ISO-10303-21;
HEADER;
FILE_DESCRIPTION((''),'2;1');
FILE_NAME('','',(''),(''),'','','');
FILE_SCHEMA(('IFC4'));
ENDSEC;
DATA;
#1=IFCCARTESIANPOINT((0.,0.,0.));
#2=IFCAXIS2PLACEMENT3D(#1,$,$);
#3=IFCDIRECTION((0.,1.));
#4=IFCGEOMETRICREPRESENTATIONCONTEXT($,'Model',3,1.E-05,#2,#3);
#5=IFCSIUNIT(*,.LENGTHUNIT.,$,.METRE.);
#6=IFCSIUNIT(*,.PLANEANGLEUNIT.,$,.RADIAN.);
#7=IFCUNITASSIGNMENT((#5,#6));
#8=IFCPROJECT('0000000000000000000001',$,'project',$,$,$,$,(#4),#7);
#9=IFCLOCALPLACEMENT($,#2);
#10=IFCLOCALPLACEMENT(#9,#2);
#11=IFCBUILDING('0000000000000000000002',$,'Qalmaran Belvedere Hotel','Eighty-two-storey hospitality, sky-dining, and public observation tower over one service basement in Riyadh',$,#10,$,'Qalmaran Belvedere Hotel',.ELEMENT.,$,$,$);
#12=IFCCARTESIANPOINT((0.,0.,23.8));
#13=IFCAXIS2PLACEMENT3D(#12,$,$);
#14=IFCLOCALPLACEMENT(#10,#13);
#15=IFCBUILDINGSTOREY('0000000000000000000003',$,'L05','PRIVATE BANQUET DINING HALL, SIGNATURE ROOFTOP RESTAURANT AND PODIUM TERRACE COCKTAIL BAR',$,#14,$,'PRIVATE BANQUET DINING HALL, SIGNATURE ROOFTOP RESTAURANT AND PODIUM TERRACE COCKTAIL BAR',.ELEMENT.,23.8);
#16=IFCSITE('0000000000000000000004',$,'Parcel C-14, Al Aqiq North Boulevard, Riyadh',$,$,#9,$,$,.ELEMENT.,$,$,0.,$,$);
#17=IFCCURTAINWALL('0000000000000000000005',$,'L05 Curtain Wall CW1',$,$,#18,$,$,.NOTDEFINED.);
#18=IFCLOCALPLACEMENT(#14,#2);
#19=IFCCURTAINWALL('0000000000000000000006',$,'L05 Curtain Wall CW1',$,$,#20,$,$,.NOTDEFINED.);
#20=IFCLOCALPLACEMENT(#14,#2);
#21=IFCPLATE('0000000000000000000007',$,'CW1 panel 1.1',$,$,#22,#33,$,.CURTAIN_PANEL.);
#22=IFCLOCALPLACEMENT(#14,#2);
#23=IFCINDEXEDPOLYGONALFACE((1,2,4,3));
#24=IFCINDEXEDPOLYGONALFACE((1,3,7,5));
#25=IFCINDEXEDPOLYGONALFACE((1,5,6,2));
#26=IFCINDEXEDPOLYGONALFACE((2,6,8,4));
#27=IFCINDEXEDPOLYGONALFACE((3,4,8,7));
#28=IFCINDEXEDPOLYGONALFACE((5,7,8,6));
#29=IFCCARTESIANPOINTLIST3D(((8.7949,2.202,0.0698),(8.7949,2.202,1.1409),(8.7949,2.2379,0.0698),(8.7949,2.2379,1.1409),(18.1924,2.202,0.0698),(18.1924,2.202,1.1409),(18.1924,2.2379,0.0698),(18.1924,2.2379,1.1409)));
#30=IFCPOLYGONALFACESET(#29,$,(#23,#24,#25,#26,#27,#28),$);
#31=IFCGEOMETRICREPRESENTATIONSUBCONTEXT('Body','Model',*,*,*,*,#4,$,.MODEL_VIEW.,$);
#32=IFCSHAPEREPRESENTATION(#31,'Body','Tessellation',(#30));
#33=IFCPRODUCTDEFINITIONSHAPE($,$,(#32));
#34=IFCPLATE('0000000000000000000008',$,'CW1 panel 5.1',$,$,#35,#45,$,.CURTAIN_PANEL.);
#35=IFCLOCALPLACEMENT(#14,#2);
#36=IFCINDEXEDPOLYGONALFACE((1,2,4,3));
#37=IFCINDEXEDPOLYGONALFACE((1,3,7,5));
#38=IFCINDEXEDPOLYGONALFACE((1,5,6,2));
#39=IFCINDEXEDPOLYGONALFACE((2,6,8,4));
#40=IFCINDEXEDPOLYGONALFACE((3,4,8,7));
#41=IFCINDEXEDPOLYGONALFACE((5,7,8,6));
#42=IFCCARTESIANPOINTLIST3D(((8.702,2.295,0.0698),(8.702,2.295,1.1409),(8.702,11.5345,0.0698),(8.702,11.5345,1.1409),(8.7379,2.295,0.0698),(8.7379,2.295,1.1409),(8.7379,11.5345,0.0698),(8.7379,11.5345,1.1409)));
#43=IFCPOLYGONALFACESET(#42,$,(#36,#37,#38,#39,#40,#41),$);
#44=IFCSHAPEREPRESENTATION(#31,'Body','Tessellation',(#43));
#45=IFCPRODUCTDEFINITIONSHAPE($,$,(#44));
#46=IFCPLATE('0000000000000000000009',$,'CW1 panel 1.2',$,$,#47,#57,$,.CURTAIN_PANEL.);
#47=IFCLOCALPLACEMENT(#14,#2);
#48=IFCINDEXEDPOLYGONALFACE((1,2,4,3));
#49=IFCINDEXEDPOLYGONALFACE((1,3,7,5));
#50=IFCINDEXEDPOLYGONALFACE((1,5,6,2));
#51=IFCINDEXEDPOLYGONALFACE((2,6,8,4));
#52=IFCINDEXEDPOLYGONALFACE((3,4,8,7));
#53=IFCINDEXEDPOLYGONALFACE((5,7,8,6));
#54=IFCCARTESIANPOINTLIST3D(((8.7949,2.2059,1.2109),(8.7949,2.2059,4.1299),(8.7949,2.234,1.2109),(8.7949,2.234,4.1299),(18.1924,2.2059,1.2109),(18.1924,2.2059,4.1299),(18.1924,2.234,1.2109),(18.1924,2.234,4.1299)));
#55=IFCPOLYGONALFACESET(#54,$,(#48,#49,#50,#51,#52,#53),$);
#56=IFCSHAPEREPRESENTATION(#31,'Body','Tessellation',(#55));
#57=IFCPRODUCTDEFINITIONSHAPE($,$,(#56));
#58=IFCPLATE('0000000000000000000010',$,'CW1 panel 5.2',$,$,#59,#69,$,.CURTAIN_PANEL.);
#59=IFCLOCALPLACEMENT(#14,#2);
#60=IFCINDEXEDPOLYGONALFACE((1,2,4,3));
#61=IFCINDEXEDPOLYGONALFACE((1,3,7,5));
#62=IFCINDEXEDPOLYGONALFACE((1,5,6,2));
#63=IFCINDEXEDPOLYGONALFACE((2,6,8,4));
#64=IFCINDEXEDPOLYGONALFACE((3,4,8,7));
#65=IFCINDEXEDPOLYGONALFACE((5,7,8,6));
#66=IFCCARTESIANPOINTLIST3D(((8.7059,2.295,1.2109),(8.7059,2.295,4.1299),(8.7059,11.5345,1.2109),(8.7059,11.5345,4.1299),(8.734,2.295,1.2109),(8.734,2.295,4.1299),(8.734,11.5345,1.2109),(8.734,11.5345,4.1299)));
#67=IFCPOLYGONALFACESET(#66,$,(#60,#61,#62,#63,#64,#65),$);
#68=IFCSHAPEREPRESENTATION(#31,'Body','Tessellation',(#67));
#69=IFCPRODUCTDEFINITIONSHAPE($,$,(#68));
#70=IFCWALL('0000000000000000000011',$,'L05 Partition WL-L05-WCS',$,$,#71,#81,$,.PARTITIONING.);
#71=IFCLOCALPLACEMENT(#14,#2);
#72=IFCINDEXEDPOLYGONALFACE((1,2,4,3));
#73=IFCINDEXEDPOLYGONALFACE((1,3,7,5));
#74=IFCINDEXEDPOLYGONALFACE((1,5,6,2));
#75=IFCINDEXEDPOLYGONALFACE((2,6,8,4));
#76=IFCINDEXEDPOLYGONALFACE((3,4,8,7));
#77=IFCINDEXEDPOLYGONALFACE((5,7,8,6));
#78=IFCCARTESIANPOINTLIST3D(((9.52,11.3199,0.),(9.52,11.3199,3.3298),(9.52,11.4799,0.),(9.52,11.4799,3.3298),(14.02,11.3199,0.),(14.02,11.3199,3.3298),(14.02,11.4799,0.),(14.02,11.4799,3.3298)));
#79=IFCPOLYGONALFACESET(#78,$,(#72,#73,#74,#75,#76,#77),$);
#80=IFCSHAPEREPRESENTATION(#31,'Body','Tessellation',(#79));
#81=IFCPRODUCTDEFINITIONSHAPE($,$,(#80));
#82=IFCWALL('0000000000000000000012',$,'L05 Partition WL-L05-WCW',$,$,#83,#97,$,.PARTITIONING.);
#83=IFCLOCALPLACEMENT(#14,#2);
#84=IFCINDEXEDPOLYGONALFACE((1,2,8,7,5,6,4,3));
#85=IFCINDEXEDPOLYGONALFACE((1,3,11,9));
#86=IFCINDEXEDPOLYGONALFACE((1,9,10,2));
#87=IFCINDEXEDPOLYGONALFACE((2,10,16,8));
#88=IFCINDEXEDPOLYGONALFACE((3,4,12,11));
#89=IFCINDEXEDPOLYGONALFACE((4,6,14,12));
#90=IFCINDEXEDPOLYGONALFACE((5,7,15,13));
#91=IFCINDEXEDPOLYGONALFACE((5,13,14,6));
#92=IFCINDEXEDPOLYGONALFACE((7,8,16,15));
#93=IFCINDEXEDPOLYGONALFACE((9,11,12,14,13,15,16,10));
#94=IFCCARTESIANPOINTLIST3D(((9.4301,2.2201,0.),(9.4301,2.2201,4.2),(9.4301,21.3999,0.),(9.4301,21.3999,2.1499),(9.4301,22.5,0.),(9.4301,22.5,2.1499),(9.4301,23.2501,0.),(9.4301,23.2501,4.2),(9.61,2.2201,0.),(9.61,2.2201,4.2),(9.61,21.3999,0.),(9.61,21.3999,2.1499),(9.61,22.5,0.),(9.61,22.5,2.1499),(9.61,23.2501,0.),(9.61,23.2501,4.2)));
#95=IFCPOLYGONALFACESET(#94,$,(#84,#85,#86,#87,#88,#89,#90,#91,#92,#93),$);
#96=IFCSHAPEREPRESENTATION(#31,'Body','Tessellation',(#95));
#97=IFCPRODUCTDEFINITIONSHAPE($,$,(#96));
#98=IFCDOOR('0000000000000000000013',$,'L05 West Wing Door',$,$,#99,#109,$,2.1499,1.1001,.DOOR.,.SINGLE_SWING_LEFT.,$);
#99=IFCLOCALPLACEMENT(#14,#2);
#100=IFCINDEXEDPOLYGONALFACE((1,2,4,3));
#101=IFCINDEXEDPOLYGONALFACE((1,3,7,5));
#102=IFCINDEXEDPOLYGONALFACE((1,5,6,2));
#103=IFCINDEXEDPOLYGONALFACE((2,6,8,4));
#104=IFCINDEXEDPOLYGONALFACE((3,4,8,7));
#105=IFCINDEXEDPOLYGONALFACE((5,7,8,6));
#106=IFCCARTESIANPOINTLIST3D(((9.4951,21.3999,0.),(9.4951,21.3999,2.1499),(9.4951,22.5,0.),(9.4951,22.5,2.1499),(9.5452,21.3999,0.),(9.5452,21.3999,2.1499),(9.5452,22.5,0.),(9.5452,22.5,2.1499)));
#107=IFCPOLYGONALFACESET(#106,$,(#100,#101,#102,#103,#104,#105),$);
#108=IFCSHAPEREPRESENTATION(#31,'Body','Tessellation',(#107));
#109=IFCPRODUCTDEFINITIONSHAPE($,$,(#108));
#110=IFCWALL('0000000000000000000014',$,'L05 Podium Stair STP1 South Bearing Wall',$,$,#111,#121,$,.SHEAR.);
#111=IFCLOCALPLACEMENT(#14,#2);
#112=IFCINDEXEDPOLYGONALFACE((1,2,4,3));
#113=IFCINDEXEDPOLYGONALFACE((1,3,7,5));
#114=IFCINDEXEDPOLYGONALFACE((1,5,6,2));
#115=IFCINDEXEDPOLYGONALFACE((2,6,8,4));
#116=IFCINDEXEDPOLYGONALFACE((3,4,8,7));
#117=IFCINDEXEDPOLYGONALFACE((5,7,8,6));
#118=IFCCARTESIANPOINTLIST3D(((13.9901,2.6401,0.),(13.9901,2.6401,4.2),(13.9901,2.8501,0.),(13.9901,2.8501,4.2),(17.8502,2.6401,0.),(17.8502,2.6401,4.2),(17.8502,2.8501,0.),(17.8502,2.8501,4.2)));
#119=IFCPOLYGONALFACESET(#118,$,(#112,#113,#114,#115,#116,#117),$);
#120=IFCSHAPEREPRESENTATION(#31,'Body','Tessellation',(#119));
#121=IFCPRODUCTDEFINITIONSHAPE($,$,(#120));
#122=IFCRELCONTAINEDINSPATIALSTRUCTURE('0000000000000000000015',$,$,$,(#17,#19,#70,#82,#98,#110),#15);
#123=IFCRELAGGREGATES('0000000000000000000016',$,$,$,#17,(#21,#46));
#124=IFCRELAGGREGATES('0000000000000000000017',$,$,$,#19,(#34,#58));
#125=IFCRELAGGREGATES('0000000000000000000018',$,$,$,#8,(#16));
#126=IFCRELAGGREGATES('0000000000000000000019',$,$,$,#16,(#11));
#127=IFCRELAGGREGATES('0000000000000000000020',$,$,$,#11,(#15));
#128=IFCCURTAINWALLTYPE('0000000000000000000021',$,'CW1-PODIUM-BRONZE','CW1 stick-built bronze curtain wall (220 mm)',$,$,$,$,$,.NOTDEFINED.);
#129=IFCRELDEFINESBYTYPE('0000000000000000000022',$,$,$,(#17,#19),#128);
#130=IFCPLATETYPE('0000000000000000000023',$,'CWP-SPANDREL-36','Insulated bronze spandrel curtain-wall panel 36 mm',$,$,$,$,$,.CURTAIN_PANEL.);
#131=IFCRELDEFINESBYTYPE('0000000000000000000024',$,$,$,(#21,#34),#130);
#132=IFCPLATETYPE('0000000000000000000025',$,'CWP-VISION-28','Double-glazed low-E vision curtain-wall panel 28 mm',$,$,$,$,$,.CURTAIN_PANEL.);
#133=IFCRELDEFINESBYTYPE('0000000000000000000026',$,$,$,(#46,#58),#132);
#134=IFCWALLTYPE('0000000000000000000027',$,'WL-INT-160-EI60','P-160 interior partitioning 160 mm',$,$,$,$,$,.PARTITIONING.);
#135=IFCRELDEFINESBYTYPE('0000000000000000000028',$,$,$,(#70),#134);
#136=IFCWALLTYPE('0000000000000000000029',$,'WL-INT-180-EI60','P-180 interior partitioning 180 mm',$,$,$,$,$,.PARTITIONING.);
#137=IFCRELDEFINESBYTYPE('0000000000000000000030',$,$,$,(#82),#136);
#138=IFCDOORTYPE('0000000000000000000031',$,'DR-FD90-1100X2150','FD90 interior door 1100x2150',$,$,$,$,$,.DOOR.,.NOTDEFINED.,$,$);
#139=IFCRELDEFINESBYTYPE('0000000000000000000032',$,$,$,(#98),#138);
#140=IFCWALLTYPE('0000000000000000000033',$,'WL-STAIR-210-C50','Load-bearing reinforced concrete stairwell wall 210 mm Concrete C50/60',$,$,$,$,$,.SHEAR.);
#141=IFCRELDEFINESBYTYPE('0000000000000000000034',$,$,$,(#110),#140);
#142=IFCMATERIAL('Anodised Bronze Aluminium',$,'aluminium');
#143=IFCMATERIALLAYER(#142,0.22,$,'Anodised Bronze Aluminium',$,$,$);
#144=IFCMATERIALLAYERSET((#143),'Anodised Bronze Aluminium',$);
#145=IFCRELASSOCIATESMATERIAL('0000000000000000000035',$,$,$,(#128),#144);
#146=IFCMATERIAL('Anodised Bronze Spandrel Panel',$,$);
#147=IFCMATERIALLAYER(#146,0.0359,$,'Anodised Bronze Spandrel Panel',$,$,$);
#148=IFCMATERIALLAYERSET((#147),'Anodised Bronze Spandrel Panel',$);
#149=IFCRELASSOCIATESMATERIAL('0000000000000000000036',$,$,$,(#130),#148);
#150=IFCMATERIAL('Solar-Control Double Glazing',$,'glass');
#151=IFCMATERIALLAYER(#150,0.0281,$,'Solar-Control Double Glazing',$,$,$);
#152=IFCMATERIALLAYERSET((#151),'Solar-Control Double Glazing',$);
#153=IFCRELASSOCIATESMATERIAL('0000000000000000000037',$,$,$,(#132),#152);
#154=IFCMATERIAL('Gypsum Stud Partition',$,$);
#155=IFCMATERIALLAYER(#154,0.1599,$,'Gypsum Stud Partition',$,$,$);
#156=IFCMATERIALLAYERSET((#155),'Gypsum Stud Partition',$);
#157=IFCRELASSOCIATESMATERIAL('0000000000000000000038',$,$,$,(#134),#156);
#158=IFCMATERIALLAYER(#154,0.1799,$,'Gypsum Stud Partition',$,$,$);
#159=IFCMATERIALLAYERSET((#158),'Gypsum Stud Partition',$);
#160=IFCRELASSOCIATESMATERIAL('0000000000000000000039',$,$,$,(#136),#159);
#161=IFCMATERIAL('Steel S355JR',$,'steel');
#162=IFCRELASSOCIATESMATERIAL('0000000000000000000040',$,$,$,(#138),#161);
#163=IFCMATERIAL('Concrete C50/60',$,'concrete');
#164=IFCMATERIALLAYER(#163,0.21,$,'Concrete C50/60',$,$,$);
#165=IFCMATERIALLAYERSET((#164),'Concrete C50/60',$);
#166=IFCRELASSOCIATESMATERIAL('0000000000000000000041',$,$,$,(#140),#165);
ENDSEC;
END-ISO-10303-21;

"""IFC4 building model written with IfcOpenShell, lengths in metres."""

from ifc_helpers import new_model, si_unit, direction, frame, frame_2d, origin, origin_2d, place, context, subcontext, project, spatial, rectangle, extrude, material, layer, layer_set, type_object, element, fill, aggregate, save


model = new_model("IFC4")

# Units and contexts
model_context = context("Model", 3, precision=1e-05, world=origin(), true_north=direction((0.0, 1.0)))
body_context = subcontext(model_context, "Body", "Model", "MODEL_VIEW")
ifc_project = project(units=[si_unit("LENGTHUNIT", "METRE"), si_unit("PLANEANGLEUNIT", "RADIAN")], contexts=[model_context])

# Site, building, storey
site_placement = place(None, origin())
site = spatial("IfcSite", under=ifc_project, at=site_placement, Name="Parcel C-14, Al Aqiq North Boulevard, Riyadh", CompositionType="ELEMENT", RefElevation=0.0)
building_placement = place(site_placement, origin())
building = spatial("IfcBuilding", under=site, at=building_placement, Name="Qalmaran Belvedere Hotel", Description="Eighty-two-storey hospitality, sky-dining, and public observation tower over one service basement in Riyadh", LongName="Qalmaran Belvedere Hotel", CompositionType="ELEMENT")
storey_placement = place(building_placement, frame((0.0, 0.0, 23.8)))
storey = spatial("IfcBuildingStorey", under=building, at=storey_placement, Name="L05", Description="PRIVATE BANQUET DINING HALL, SIGNATURE ROOFTOP RESTAURANT AND PODIUM TERRACE COCKTAIL BAR", LongName="PRIVATE BANQUET DINING HALL, SIGNATURE ROOFTOP RESTAURANT AND PODIUM TERRACE COCKTAIL BAR", CompositionType="ELEMENT", Elevation=23.8)

# Shared definitions
ifc_material_1 = material(Name="Steel S355JR", Category="steel")

# Curtain wall
ifc_material_2 = material(Name="Anodised Bronze Aluminium", Category="aluminium")
ifc_layer_1 = layer(ifc_material_2, 0.22, Name="Anodised Bronze Aluminium")
ifc_layer_set_1 = layer_set([ifc_layer_1], Name="Anodised Bronze Aluminium")
curtain_wall_type = type_object("IfcCurtainWallType", Name="CW1-PODIUM-BRONZE", Description="CW1 stick-built bronze curtain wall (220 mm)", PredefinedType="NOTDEFINED", material=ifc_layer_set_1)
curtain_wall_1_placement = place(storey_placement, origin())
curtain_wall_1 = element("IfcCurtainWall", 1, at=curtain_wall_1_placement, inside=storey, type_object=curtain_wall_type, Name="L05 Curtain Wall CW1", PredefinedType="NOTDEFINED")

# Curtain wall
curtain_wall_2_placement = place(storey_placement, origin())
curtain_wall_2 = element("IfcCurtainWall", 2, at=curtain_wall_2_placement, inside=storey, type_object=curtain_wall_type, Name="L05 Curtain Wall CW1", PredefinedType="NOTDEFINED")

# Plates
ifc_material_3 = material(Name="Anodised Bronze Spandrel Panel")
ifc_layer_2 = layer(ifc_material_3, 0.0359, Name="Anodised Bronze Spandrel Panel")
ifc_layer_set_2 = layer_set([ifc_layer_2], Name="Anodised Bronze Spandrel Panel")
plate_type_1 = type_object("IfcPlateType", Name="CWP-SPANDREL-36", Description="Insulated bronze spandrel curtain-wall panel 36 mm", PredefinedType="CURTAIN_PANEL", material=ifc_layer_set_2)
plate_1_placement = place(storey_placement, frame((13.4937, 2.22, 0.0698), z_axis=(0.0, 0.0, 1.0), x_axis=(1.0, 0.0, 0.0)))
plate_1 = element("IfcPlate", 3, at=plate_1_placement, type_object=plate_type_1, Name="CW1 panel 1.1", PredefinedType="CURTAIN_PANEL", context=body_context, shape_type="SweptSolid", body=[
    extrude(rectangle(XDim=9.3975, YDim=0.0359, at=origin_2d()), origin(), (0.0, 0.0, 1.0), 1.071),
])
plate_2_placement = place(storey_placement, frame((8.72, 6.9148, 0.0698), z_axis=(0.0, 0.0, 1.0), x_axis=(0.0, -1.0, 0.0)))
plate_2 = element("IfcPlate", 4, at=plate_2_placement, type_object=plate_type_1, Name="CW1 panel 5.1", PredefinedType="CURTAIN_PANEL", context=body_context, shape_type="SweptSolid", body=[
    extrude(rectangle(XDim=9.2395, YDim=0.0359, at=origin_2d()), origin(), (0.0, 0.0, 1.0), 1.071),
])
ifc_material_4 = material(Name="Solar-Control Double Glazing", Category="glass")
ifc_layer_3 = layer(ifc_material_4, 0.0281, Name="Solar-Control Double Glazing")
ifc_layer_set_3 = layer_set([ifc_layer_3], Name="Solar-Control Double Glazing")
plate_type_2 = type_object("IfcPlateType", Name="CWP-VISION-28", Description="Double-glazed low-E vision curtain-wall panel 28 mm", PredefinedType="CURTAIN_PANEL", material=ifc_layer_set_3)
plate_3_placement = place(storey_placement, frame((13.4937, 2.22, 1.2109), z_axis=(0.0, 0.0, 1.0), x_axis=(1.0, 0.0, 0.0)))
plate_3 = element("IfcPlate", 5, at=plate_3_placement, type_object=plate_type_2, Name="CW1 panel 1.2", PredefinedType="CURTAIN_PANEL", context=body_context, shape_type="SweptSolid", body=[
    extrude(rectangle(XDim=9.3975, YDim=0.0281, at=origin_2d()), origin(), (0.0, 0.0, 1.0), 2.9189),
])
aggregate(curtain_wall_1, [plate_1, plate_3])
plate_4_placement = place(storey_placement, frame((8.72, 6.9148, 1.2109), z_axis=(0.0, 0.0, 1.0), x_axis=(0.0, -1.0, 0.0)))
plate_4 = element("IfcPlate", 6, at=plate_4_placement, type_object=plate_type_2, Name="CW1 panel 5.2", PredefinedType="CURTAIN_PANEL", context=body_context, shape_type="SweptSolid", body=[
    extrude(rectangle(XDim=9.2395, YDim=0.0281, at=origin_2d()), origin(), (0.0, 0.0, 1.0), 2.9189),
])
aggregate(curtain_wall_2, [plate_2, plate_4])

# Wall
ifc_material_5 = material(Name="Gypsum Stud Partition")
ifc_layer_4 = layer(ifc_material_5, 0.1599, Name="Gypsum Stud Partition")
ifc_layer_set_4 = layer_set([ifc_layer_4], Name="Gypsum Stud Partition")
wall_type_1 = type_object("IfcWallType", Name="WL-INT-160-EI60", Description="P-160 interior partitioning 160 mm", PredefinedType="PARTITIONING", material=ifc_layer_set_4)
wall_1_placement = place(storey_placement, frame((9.52, 11.3999, 0.0), z_axis=(0.0, 0.0, 1.0), x_axis=(1.0, 0.0, 0.0)))
element("IfcWall", 7, at=wall_1_placement, inside=storey, type_object=wall_type_1, Name="L05 Partition WL-L05-WCS", PredefinedType="PARTITIONING", context=body_context, shape_type="SweptSolid", body=[
    extrude(rectangle(XDim=4.5, YDim=0.1599, at=frame_2d((2.25, 0.0))), origin(), (0.0, 0.0, 1.0), 3.3298),
])

# Wall, opening, door
ifc_layer_5 = layer(ifc_material_5, 0.1799, Name="Gypsum Stud Partition")
ifc_layer_set_5 = layer_set([ifc_layer_5], Name="Gypsum Stud Partition")
wall_type_2 = type_object("IfcWallType", Name="WL-INT-180-EI60", Description="P-180 interior partitioning 180 mm", PredefinedType="PARTITIONING", material=ifc_layer_set_5)
wall_2_placement = place(storey_placement, frame((9.52, 2.22, 0.0), z_axis=(0.0, 0.0, 1.0), x_axis=(0.0, 1.0, 0.0)))
wall_2 = element("IfcWall", 8, at=wall_2_placement, inside=storey, type_object=wall_type_2, Name="L05 Partition WL-L05-WCW", PredefinedType="PARTITIONING", context=body_context, shape_type="SweptSolid", body=[
    extrude(rectangle(XDim=21.03, YDim=0.1799, at=frame_2d((10.5151, 0.0))), origin(), (0.0, 0.0, 1.0), 4.2),
])
opening_1_placement = place(wall_2_placement, frame((19.1799, 0.0, 0.0)))
opening_1 = element("IfcOpeningElement", 9, at=opening_1_placement, cuts=wall_2, PredefinedType="OPENING", context=body_context, shape_type="SweptSolid", body=[
    extrude(rectangle(XDim=1.1001, YDim=2.1499, at=frame_2d((0.55, 1.075))), frame((0.0, 0.1001, 0.0), z_axis=(0.0, -1.0, 0.0), x_axis=(1.0, 0.0, 0.0)), (0.0, 0.0, 1.0), 0.2),
])
door_type = type_object("IfcDoorType", Name="DR-FD90-1100X2150", Description="FD90 interior door 1100x2150", OperationType="NOTDEFINED", PredefinedType="DOOR", material=ifc_material_1)
door_1_placement = place(opening_1_placement, origin())
door_1 = element("IfcDoor", 10, at=door_1_placement, inside=storey, type_object=door_type, Name="L05 West Wing Door", OperationType="SINGLE_SWING_LEFT", OverallHeight=2.1499, OverallWidth=1.1001, PredefinedType="DOOR", context=body_context, shape_type="SweptSolid", body=[
    extrude(rectangle(XDim=1.1001, YDim=2.1499, at=frame_2d((0.55, 1.075))), frame((0.0, 0.0249, 0.0), z_axis=(0.0, -1.0, 0.0), x_axis=(1.0, 0.0, 0.0)), (0.0, 0.0, 1.0), 0.05),
])
fill(opening_1, door_1)

# Wall
ifc_material_6 = material(Name="Concrete C50/60", Category="concrete")
ifc_layer_6 = layer(ifc_material_6, 0.21, Name="Concrete C50/60")
ifc_layer_set_6 = layer_set([ifc_layer_6], Name="Concrete C50/60")
wall_type_3 = type_object("IfcWallType", Name="WL-STAIR-210-C50", Description="Load-bearing reinforced concrete stairwell wall 210 mm Concrete C50/60", PredefinedType="SHEAR", material=ifc_layer_set_6)
wall_3_placement = place(storey_placement, frame((13.99, 2.7451, 0.0), z_axis=(0.0, 0.0, 1.0), x_axis=(1.0, 0.0, 0.0)))
element("IfcWall", 11, at=wall_3_placement, inside=storey, type_object=wall_type_3, Name="L05 Podium Stair STP1 South Bearing Wall", PredefinedType="SHEAR", context=body_context, shape_type="SweptSolid", body=[
    extrude(rectangle(XDim=3.8601, YDim=0.21, at=frame_2d((1.9302, 0.0))), origin(), (0.0, 0.0, 1.0), 4.2),
])

save(model, "model.ifc")
